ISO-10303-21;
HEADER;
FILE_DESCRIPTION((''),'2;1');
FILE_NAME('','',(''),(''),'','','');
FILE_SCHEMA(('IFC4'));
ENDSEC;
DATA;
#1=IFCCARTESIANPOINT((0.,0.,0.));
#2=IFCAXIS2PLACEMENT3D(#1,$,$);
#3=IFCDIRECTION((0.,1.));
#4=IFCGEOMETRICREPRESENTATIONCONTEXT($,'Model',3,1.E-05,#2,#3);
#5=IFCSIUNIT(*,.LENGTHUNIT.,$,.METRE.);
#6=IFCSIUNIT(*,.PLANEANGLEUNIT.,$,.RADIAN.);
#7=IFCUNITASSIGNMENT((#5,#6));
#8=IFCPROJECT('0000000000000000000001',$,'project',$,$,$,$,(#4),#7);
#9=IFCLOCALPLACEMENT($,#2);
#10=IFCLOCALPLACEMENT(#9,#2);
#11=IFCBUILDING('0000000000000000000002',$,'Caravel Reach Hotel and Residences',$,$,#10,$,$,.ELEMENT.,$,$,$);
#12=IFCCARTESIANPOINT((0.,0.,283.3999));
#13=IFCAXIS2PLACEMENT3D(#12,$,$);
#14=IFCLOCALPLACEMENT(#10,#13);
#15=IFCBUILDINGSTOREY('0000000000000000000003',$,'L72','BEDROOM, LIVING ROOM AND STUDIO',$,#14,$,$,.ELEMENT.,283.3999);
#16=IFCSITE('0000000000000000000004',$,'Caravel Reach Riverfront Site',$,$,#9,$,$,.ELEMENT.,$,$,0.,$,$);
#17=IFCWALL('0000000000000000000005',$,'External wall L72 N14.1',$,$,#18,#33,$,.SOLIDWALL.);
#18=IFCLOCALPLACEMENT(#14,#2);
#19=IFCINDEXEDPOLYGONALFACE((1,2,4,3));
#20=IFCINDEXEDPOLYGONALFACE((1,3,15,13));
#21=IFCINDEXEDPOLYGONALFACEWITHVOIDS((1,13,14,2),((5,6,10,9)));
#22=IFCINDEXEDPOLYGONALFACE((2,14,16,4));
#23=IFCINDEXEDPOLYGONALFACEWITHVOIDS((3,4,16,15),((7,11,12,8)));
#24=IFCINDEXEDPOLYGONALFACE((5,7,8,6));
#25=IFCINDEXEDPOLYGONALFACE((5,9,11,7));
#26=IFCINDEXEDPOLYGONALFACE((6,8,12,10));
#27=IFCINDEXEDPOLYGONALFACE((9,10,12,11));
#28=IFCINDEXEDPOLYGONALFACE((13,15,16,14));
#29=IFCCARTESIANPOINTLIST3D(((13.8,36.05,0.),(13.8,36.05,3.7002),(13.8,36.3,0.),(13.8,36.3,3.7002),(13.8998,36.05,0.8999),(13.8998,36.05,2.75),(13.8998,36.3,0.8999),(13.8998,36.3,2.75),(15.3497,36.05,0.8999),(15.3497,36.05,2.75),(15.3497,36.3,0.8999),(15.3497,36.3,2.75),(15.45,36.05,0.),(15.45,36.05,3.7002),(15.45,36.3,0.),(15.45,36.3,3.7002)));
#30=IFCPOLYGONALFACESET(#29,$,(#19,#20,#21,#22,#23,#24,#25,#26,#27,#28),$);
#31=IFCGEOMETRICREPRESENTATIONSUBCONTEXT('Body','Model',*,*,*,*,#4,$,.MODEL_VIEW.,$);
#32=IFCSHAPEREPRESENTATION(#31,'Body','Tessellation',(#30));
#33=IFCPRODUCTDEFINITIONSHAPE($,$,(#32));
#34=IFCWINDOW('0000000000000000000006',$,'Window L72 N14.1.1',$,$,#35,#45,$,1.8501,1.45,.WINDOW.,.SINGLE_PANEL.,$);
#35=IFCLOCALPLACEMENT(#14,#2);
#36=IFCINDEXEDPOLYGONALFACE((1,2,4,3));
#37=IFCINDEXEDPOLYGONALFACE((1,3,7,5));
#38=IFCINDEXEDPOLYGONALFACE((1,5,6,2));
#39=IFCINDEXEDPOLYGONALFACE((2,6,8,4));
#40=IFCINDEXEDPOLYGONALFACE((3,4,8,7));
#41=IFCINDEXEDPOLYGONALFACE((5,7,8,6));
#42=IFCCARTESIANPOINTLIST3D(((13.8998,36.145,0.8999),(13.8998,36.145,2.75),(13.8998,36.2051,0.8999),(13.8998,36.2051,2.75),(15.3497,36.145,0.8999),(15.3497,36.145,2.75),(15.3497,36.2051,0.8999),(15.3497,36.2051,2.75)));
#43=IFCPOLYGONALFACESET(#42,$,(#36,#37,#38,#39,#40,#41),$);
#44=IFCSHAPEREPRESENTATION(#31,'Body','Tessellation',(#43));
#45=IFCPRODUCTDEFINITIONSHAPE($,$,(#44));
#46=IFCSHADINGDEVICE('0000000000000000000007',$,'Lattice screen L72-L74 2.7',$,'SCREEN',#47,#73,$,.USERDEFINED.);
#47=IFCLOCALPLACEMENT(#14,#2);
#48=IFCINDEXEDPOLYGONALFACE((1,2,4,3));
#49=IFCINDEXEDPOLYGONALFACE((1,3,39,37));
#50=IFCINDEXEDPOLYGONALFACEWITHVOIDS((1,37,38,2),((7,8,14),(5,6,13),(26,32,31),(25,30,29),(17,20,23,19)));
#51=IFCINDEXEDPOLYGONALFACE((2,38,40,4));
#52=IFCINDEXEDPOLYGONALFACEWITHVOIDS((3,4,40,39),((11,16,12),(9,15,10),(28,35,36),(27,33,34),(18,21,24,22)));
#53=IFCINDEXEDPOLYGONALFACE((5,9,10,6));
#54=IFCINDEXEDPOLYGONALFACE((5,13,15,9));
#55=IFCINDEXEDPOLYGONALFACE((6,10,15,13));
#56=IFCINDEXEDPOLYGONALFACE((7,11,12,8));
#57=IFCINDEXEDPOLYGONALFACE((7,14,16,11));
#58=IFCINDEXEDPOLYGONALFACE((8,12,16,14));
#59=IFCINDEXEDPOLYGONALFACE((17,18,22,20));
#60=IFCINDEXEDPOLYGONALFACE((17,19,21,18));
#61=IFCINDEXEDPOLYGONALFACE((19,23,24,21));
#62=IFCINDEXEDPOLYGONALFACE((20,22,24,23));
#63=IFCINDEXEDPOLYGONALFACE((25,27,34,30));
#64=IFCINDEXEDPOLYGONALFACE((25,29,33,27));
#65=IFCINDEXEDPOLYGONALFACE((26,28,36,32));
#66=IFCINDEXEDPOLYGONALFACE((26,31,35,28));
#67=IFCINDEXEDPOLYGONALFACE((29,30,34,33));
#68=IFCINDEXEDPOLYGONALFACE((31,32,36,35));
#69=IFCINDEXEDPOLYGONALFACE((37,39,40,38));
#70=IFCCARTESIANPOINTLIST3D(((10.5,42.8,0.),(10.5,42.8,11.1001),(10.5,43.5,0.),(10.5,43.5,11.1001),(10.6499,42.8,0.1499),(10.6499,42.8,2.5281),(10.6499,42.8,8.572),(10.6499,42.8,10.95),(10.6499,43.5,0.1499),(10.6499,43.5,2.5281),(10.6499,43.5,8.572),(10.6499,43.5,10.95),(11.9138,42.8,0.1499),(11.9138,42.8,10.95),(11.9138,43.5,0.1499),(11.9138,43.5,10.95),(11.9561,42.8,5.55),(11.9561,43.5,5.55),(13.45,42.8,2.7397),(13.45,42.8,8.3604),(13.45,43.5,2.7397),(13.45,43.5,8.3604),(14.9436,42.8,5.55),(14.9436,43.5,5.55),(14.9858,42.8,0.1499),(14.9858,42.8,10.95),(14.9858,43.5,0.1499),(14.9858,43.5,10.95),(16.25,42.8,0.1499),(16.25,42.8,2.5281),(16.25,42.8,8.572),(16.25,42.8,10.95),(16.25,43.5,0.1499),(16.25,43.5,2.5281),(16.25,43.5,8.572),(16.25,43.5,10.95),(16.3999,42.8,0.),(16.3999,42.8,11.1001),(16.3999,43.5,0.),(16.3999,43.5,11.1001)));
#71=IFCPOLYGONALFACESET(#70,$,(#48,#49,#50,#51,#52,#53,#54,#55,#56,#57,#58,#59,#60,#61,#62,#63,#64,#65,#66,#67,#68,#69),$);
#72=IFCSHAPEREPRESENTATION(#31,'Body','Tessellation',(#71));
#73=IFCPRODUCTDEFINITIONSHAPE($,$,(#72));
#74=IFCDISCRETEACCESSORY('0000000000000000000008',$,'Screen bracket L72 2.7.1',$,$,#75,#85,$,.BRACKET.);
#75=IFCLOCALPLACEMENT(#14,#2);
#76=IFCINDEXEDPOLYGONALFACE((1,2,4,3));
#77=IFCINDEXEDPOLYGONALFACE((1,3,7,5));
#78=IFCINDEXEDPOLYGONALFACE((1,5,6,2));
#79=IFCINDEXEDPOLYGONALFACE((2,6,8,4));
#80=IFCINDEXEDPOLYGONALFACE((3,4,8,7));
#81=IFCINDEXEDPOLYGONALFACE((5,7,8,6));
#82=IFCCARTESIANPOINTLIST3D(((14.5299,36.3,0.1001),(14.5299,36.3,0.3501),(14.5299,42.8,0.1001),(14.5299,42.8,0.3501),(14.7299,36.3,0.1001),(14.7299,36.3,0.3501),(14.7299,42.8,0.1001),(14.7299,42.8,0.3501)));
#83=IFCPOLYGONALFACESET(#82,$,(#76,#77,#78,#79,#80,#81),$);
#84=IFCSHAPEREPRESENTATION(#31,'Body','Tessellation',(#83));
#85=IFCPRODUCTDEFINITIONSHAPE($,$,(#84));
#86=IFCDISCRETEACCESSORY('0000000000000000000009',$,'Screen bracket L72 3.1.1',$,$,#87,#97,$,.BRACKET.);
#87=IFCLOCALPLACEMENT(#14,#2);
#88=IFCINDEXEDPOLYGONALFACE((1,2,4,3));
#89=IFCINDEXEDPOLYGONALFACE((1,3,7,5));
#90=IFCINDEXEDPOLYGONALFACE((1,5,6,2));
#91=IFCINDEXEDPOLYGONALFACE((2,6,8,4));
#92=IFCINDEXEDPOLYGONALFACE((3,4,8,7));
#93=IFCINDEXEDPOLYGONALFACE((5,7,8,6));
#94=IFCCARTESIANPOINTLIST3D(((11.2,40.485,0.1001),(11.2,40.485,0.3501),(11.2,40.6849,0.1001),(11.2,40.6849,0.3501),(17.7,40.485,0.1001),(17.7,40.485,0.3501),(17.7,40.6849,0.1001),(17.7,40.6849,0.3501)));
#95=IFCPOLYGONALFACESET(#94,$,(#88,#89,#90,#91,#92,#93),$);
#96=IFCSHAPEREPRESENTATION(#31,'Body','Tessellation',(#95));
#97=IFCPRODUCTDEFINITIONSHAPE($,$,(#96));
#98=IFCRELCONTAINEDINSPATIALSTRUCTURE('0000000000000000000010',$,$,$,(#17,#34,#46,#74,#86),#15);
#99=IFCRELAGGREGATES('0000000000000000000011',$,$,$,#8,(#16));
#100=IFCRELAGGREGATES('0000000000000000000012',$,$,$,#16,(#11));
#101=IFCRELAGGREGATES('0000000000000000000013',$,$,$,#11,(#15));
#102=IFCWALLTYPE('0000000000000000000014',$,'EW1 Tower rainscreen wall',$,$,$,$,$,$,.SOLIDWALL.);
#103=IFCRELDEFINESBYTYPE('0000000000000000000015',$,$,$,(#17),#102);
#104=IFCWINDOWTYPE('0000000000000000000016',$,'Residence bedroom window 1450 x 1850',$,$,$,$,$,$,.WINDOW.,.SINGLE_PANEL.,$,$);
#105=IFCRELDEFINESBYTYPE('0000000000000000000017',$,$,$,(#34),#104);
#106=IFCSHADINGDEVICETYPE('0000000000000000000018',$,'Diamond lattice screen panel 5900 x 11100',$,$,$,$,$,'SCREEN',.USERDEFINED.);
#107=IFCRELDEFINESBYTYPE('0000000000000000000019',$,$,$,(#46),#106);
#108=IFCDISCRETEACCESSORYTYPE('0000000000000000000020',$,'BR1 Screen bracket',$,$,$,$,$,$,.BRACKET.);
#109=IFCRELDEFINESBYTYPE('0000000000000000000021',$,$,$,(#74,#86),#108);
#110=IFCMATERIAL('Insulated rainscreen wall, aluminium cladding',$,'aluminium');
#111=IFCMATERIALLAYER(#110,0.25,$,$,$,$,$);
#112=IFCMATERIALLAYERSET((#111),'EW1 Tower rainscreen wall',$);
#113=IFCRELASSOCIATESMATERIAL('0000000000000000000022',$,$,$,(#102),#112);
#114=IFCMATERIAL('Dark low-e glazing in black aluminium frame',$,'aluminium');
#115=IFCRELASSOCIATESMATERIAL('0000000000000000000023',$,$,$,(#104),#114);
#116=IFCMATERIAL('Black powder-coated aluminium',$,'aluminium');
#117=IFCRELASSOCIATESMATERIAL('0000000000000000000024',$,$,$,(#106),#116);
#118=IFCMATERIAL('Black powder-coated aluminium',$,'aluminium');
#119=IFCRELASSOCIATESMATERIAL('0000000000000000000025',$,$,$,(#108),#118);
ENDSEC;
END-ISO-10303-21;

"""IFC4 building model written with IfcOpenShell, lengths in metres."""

from ifc_helpers import new_model, si_unit, direction, frame, frame_2d, origin, origin_2d, place, context, subcontext, project, spatial, polyline, rectangle, outline, extrude, material, layer, layer_set, type_object, element, fill, save


model = new_model("IFC4")

# Units and contexts
model_context = context("Model", 3, precision=1e-05, world=origin(), true_north=direction((0.0, 1.0)))
body_context = subcontext(model_context, "Body", "Model", "MODEL_VIEW")
ifc_project = project(units=[si_unit("LENGTHUNIT", "METRE"), si_unit("PLANEANGLEUNIT", "RADIAN")], contexts=[model_context])

# Site, building, storey
site_placement = place(None, origin())
site = spatial("IfcSite", under=ifc_project, at=site_placement, Name="Caravel Reach Riverfront Site", CompositionType="ELEMENT", RefElevation=0.0)
building_placement = place(site_placement, origin())
building = spatial("IfcBuilding", under=site, at=building_placement, Name="Caravel Reach Hotel and Residences", CompositionType="ELEMENT")
storey_placement = place(building_placement, frame((0.0, 0.0, 283.3999)))
storey = spatial("IfcBuildingStorey", under=building, at=storey_placement, Name="L72", Description="BEDROOM, LIVING ROOM AND STUDIO", CompositionType="ELEMENT", Elevation=283.3999)

# Wall, opening, window
ifc_material_1 = material(Name="Insulated rainscreen wall, aluminium cladding", Category="aluminium")
ifc_layer_1 = layer(ifc_material_1, 0.25)
ifc_layer_set_1 = layer_set([ifc_layer_1], Name="EW1 Tower rainscreen wall")
wall_type_1 = type_object("IfcWallType", Name="EW1 Tower rainscreen wall", PredefinedType="SOLIDWALL", material=ifc_layer_set_1)
ifc_material_2 = material(Name="Dark low-e glazing in black aluminium frame", Category="aluminium")
window_type = type_object("IfcWindowType", Name="Residence bedroom window 1450 x 1850", PartitioningType="SINGLE_PANEL", PredefinedType="WINDOW", material=ifc_material_2)
wall_1_placement = place(storey_placement, frame((15.45, 36.175, 0.0), z_axis=(0.0, 0.0, 1.0), x_axis=(-1.0, 0.0, 0.0)))
wall_1 = element("IfcWall", 1, at=wall_1_placement, inside=storey, type_object=wall_type_1, Name="External wall L72 N14.1", PredefinedType="SOLIDWALL", context=body_context, shape_type="SweptSolid", body=[
    extrude(rectangle(XDim=1.6499, YDim=0.25, at=frame_2d((0.825, 0.0))), origin(), (0.0, 0.0, 1.0), 3.7002),
])
opening_1_placement = place(wall_1_placement, frame((0.1001, 0.0, 0.8999)))
opening_1 = element("IfcOpeningElement", 2, at=opening_1_placement, cuts=wall_1, PredefinedType="OPENING", context=body_context, shape_type="SweptSolid", body=[
    extrude(rectangle(XDim=1.45, YDim=1.8501, at=frame_2d((0.7251, 0.925))), frame((0.0, 0.135, 0.0), z_axis=(0.0, -1.0, 0.0), x_axis=(1.0, 0.0, 0.0)), (0.0, 0.0, 1.0), 0.27),
])
window_1_placement = place(opening_1_placement, origin())
window_1 = element("IfcWindow", 3, at=window_1_placement, inside=storey, type_object=window_type, Name="Window L72 N14.1.1", OverallHeight=1.8501, OverallWidth=1.45, PartitioningType="SINGLE_PANEL", PredefinedType="WINDOW", context=body_context, shape_type="SweptSolid", body=[
    extrude(rectangle(XDim=1.45, YDim=1.8501, at=frame_2d((0.7251, 0.925))), frame((0.0, 0.03, 0.0), z_axis=(0.0, -1.0, 0.0), x_axis=(1.0, 0.0, 0.0)), (0.0, 0.0, 1.0), 0.0601),
])
fill(opening_1, window_1)

# Shading device
ifc_material_3 = material(Name="Black powder-coated aluminium", Category="aluminium")
shading_device_type_1 = type_object("IfcShadingDeviceType", Name="Diamond lattice screen panel 5900 x 11100", ElementType="SCREEN", PredefinedType="USERDEFINED", material=ifc_material_3)
shading_device_1_placement = place(storey_placement, frame((16.3999, 42.8, 0.0), z_axis=(0.0, 1.0, 0.0), x_axis=(-1.0, 0.0, 0.0)))
element("IfcShadingDevice", 4, at=shading_device_1_placement, inside=storey, type_object=shading_device_type_1, Name="Lattice screen L72-L74 2.7", ObjectType="SCREEN", PredefinedType="USERDEFINED", context=body_context, shape_type="SweptSolid", body=[
    extrude(outline(polyline([(0.0, 0.0), (5.8999, 0.0), (5.8999, 11.1001), (0.0, 11.1001), (0.0, 0.0)]), holes=[polyline([(1.4141, 0.1499), (0.1499, 2.5281), (0.1499, 0.1499), (1.4141, 0.1499)]), polyline([(0.1499, 8.572), (1.4141, 10.95), (0.1499, 10.95), (0.1499, 8.572)]), polyline([(2.95, 8.3604), (1.4563, 5.55), (2.95, 2.7397), (4.4438, 5.55), (2.95, 8.3604)]), polyline([(5.75, 2.5281), (4.4861, 0.1499), (5.75, 0.1499), (5.75, 2.5281)]), polyline([(4.4861, 10.95), (5.75, 8.572), (5.75, 10.95), (4.4861, 10.95)])]), origin(), (0.0, 0.0, 1.0), 0.7),
])

# Discrete accessories
ifc_material_4 = material(Name="Black powder-coated aluminium", Category="aluminium")
discrete_accessory_type = type_object("IfcDiscreteAccessoryType", Name="BR1 Screen bracket", PredefinedType="BRACKET", material=ifc_material_4)
for number, where, z_axis, x_axis, name in (
    (5, (14.6299, 39.55, 0.1001), (0.0, 0.0, 1.0), (0.0, 1.0, 0.0), "Screen bracket L72 2.7.1"),
    (6, (14.45, 40.585, 0.1001), (0.0, 0.0, 1.0), (-1.0, 0.0, 0.0), "Screen bracket L72 3.1.1"),
):
    element("IfcDiscreteAccessory", number, at=place(storey_placement, frame(where, z_axis=z_axis, x_axis=x_axis)), inside=storey, type_object=discrete_accessory_type, Name=name, PredefinedType="BRACKET", context=body_context, shape_type="SweptSolid", body=[
        extrude(rectangle(XDim=6.5, YDim=0.2, at=origin_2d()), origin(), (0.0, 0.0, 1.0), 0.25),
    ])

save(model, "model.ifc")
